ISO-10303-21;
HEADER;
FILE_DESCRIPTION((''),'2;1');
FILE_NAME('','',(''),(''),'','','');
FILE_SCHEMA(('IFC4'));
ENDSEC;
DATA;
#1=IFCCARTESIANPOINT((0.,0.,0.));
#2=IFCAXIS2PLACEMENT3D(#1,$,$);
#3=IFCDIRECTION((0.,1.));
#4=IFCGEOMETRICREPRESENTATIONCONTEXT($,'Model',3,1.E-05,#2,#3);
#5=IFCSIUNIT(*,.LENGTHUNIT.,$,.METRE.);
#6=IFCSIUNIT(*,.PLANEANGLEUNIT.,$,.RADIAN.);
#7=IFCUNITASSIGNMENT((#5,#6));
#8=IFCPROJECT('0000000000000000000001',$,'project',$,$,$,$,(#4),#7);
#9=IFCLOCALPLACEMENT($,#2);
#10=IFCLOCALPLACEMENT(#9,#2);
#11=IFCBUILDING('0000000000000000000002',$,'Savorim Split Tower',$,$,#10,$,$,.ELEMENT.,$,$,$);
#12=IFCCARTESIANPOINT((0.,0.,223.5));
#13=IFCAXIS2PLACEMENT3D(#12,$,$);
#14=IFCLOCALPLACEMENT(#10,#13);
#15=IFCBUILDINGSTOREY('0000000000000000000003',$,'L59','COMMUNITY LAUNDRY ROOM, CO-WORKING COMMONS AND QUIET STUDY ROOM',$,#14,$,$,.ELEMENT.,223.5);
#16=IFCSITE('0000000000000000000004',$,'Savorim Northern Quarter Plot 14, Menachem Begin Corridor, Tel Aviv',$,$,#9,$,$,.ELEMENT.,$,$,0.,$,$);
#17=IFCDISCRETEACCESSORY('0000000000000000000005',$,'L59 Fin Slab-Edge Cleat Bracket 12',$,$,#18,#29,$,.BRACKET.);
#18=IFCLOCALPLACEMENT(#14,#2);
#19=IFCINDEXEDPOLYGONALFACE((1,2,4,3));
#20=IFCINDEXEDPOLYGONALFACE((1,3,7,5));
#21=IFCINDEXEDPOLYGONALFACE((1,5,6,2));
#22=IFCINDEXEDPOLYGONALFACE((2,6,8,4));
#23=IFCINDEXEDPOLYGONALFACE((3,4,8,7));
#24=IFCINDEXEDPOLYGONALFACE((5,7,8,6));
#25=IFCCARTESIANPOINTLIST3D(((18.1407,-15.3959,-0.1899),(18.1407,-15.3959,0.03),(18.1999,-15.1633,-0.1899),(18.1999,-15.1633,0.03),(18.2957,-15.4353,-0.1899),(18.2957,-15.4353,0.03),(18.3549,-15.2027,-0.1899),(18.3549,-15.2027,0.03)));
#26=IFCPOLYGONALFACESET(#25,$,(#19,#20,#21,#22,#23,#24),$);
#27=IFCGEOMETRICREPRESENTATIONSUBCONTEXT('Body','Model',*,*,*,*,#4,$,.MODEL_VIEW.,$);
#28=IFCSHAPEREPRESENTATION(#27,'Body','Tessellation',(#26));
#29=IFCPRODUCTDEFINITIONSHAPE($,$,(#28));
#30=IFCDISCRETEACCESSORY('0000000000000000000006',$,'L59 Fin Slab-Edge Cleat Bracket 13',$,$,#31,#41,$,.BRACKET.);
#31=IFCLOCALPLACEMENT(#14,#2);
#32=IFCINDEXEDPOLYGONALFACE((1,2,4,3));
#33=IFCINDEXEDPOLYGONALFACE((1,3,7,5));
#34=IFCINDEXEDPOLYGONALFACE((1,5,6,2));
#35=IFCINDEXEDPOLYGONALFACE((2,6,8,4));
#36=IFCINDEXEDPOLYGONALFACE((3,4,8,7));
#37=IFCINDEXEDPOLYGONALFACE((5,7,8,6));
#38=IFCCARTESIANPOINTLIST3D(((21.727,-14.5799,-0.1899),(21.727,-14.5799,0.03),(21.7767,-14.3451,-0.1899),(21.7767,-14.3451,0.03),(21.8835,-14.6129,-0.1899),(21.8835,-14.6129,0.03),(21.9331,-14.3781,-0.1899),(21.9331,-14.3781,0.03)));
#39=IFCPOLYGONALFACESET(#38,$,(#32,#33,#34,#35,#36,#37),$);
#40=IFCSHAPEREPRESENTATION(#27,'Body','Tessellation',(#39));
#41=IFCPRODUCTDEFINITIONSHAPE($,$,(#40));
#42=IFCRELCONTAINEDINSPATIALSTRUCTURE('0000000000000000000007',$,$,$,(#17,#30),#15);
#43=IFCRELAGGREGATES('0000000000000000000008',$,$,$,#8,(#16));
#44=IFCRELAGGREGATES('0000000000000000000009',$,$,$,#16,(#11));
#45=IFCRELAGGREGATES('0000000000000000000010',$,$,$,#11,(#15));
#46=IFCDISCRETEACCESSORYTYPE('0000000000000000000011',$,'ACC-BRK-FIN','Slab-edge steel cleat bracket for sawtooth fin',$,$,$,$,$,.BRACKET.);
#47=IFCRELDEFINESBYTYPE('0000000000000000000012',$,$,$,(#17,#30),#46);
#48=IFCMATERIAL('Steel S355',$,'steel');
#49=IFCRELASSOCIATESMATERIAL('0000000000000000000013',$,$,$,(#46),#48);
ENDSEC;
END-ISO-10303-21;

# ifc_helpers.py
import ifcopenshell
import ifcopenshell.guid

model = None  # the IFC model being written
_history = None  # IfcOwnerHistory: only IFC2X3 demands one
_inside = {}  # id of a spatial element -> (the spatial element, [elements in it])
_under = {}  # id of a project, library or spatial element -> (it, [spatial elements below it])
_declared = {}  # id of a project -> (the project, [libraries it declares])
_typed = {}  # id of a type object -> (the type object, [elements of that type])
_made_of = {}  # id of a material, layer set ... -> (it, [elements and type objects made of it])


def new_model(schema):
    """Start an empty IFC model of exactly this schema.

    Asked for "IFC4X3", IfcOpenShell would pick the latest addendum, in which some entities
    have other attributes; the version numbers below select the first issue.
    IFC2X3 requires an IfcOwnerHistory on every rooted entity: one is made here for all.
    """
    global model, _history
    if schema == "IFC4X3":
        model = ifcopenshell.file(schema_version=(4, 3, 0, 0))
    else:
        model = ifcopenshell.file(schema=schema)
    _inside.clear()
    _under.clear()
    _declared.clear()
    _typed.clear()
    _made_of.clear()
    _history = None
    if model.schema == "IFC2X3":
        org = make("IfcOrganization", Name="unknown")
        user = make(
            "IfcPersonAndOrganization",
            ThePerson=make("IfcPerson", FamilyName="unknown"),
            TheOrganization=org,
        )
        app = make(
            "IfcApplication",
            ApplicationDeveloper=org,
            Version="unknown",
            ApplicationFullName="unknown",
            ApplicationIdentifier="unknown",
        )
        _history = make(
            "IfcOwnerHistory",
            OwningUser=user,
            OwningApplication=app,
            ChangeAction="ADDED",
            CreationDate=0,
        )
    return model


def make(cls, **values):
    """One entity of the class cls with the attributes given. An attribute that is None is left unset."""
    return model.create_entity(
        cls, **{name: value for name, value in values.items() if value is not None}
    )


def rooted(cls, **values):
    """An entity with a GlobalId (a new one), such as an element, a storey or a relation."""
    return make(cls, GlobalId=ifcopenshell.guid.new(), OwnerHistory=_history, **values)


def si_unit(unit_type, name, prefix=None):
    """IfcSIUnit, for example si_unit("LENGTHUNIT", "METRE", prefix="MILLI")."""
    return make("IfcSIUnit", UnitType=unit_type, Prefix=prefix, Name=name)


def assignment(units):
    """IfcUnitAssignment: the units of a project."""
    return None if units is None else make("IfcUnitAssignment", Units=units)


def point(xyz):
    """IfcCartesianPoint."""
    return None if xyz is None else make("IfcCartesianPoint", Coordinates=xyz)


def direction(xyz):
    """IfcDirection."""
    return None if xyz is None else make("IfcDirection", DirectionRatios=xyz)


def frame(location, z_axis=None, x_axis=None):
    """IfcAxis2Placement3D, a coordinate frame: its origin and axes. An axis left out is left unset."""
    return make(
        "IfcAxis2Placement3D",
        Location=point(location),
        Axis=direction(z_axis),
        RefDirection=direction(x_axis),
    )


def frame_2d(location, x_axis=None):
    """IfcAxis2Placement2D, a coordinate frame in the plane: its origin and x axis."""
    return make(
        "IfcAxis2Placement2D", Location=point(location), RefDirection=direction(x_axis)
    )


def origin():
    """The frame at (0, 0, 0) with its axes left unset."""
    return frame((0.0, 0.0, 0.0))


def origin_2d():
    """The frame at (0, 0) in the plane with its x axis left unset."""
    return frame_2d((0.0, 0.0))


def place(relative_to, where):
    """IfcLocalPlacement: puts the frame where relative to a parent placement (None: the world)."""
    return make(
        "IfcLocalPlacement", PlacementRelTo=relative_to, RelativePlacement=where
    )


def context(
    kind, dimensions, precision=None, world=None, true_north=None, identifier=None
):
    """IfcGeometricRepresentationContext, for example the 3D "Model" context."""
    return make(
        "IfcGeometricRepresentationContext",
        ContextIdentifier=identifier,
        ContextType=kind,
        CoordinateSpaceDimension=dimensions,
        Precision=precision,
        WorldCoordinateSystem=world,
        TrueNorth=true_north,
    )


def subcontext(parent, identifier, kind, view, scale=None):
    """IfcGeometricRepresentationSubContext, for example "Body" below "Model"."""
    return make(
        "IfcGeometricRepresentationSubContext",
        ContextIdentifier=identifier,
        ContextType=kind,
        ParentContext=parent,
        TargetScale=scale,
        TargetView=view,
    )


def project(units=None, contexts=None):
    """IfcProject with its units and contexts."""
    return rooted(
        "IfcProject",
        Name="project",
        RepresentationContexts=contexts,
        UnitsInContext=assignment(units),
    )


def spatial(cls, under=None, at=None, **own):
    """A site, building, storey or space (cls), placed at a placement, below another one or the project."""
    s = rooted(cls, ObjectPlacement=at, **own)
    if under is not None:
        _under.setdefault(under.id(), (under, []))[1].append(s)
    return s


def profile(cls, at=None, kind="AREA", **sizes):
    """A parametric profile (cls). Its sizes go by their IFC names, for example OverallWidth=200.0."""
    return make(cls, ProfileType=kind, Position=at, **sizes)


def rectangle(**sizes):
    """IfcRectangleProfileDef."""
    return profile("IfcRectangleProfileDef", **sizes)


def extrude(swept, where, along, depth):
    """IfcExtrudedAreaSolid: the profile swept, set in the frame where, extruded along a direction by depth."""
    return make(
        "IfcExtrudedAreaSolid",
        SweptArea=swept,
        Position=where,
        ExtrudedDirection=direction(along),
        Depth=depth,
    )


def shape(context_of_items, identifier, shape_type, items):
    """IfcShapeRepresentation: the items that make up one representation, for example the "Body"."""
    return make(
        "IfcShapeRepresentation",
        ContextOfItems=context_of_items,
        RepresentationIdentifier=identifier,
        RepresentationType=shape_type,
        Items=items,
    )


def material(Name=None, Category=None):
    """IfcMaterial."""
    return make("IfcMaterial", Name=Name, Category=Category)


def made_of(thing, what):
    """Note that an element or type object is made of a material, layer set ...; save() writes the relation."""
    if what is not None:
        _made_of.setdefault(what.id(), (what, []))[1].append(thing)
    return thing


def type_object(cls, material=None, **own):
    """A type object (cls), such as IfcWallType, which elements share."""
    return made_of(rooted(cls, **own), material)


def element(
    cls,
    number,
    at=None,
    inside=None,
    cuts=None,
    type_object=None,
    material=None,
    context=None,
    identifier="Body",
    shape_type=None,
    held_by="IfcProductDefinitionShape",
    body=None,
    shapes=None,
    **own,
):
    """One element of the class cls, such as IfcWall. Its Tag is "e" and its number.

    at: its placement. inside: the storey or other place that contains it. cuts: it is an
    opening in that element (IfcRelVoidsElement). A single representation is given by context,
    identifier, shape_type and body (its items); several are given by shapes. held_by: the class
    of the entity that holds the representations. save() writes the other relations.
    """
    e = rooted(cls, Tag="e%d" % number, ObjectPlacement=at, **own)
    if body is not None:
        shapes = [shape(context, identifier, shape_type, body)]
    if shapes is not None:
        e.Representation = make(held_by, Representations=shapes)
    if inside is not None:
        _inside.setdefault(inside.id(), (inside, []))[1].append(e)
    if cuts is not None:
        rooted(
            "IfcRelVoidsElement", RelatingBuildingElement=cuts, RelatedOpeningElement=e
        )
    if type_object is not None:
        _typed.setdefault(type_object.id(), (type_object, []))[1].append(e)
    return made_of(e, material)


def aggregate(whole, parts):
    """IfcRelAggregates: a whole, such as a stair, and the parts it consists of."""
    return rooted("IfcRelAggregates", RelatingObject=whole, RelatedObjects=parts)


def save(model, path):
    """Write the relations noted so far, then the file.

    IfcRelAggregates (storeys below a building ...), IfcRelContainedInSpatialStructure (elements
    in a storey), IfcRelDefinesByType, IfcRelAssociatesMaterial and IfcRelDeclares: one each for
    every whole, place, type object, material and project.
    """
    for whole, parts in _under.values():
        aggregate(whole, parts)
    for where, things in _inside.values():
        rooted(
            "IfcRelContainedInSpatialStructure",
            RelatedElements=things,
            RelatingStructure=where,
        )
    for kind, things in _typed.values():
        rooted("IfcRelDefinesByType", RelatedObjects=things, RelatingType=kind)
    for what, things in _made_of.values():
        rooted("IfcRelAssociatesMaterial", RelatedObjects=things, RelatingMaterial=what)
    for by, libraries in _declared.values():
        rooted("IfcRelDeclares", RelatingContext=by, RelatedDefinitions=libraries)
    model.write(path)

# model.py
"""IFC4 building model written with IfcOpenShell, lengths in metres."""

from ifc_helpers import new_model, si_unit, direction, frame, origin, origin_2d, place, context, subcontext, project, spatial, rectangle, extrude, material, type_object, element, save


model = new_model("IFC4")

# Units and contexts
model_context = context("Model", 3, precision=1e-05, world=origin(), true_north=direction((0.0, 1.0)))
body_context = subcontext(model_context, "Body", "Model", "MODEL_VIEW")
ifc_project = project(units=[si_unit("LENGTHUNIT", "METRE"), si_unit("PLANEANGLEUNIT", "RADIAN")], contexts=[model_context])

# Site, building, storey
site_placement = place(None, origin())
site = spatial("IfcSite", under=ifc_project, at=site_placement, Name="Savorim Northern Quarter Plot 14, Menachem Begin Corridor, Tel Aviv", CompositionType="ELEMENT", RefElevation=0.0)
building_placement = place(site_placement, origin())
building = spatial("IfcBuilding", under=site, at=building_placement, Name="Savorim Split Tower", CompositionType="ELEMENT")
storey_placement = place(building_placement, frame((0.0, 0.0, 223.5)))
storey = spatial("IfcBuildingStorey", under=building, at=storey_placement, Name="L59", Description="COMMUNITY LAUNDRY ROOM, CO-WORKING COMMONS AND QUIET STUDY ROOM", CompositionType="ELEMENT", Elevation=223.5)

# Shared definitions
ifc_material_1 = material(Name="Steel S355", Category="steel")

# Discrete accessories
discrete_accessory_type = type_object("IfcDiscreteAccessoryType", Name="ACC-BRK-FIN", Description="Slab-edge steel cleat bracket for sawtooth fin", PredefinedType="BRACKET", material=ifc_material_1)
for number, where, z_axis, x_axis, name in (
    (1, (18.2478, -15.2993, -0.1899), (0.0, 0.0, 1.0), (-0.246581, -0.969122, 0.0), "L59 Fin Slab-Edge Cleat Bracket 12"),
    (2, (21.8301, -14.479, -0.1899), (0.0, 0.0, 1.0), (-0.206722, -0.9784, 0.0), "L59 Fin Slab-Edge Cleat Bracket 13"),
):
    element("IfcDiscreteAccessory", number, at=place(storey_placement, frame(where, z_axis=z_axis, x_axis=x_axis)), inside=storey, type_object=discrete_accessory_type, Name=name, PredefinedType="BRACKET", context=body_context, shape_type="SweptSolid", body=[
        extrude(rectangle(XDim=0.24, YDim=0.1599, at=origin_2d()), origin(), (0.0, 0.0, 1.0), 0.22),
    ])

save(model, "model.ifc")
